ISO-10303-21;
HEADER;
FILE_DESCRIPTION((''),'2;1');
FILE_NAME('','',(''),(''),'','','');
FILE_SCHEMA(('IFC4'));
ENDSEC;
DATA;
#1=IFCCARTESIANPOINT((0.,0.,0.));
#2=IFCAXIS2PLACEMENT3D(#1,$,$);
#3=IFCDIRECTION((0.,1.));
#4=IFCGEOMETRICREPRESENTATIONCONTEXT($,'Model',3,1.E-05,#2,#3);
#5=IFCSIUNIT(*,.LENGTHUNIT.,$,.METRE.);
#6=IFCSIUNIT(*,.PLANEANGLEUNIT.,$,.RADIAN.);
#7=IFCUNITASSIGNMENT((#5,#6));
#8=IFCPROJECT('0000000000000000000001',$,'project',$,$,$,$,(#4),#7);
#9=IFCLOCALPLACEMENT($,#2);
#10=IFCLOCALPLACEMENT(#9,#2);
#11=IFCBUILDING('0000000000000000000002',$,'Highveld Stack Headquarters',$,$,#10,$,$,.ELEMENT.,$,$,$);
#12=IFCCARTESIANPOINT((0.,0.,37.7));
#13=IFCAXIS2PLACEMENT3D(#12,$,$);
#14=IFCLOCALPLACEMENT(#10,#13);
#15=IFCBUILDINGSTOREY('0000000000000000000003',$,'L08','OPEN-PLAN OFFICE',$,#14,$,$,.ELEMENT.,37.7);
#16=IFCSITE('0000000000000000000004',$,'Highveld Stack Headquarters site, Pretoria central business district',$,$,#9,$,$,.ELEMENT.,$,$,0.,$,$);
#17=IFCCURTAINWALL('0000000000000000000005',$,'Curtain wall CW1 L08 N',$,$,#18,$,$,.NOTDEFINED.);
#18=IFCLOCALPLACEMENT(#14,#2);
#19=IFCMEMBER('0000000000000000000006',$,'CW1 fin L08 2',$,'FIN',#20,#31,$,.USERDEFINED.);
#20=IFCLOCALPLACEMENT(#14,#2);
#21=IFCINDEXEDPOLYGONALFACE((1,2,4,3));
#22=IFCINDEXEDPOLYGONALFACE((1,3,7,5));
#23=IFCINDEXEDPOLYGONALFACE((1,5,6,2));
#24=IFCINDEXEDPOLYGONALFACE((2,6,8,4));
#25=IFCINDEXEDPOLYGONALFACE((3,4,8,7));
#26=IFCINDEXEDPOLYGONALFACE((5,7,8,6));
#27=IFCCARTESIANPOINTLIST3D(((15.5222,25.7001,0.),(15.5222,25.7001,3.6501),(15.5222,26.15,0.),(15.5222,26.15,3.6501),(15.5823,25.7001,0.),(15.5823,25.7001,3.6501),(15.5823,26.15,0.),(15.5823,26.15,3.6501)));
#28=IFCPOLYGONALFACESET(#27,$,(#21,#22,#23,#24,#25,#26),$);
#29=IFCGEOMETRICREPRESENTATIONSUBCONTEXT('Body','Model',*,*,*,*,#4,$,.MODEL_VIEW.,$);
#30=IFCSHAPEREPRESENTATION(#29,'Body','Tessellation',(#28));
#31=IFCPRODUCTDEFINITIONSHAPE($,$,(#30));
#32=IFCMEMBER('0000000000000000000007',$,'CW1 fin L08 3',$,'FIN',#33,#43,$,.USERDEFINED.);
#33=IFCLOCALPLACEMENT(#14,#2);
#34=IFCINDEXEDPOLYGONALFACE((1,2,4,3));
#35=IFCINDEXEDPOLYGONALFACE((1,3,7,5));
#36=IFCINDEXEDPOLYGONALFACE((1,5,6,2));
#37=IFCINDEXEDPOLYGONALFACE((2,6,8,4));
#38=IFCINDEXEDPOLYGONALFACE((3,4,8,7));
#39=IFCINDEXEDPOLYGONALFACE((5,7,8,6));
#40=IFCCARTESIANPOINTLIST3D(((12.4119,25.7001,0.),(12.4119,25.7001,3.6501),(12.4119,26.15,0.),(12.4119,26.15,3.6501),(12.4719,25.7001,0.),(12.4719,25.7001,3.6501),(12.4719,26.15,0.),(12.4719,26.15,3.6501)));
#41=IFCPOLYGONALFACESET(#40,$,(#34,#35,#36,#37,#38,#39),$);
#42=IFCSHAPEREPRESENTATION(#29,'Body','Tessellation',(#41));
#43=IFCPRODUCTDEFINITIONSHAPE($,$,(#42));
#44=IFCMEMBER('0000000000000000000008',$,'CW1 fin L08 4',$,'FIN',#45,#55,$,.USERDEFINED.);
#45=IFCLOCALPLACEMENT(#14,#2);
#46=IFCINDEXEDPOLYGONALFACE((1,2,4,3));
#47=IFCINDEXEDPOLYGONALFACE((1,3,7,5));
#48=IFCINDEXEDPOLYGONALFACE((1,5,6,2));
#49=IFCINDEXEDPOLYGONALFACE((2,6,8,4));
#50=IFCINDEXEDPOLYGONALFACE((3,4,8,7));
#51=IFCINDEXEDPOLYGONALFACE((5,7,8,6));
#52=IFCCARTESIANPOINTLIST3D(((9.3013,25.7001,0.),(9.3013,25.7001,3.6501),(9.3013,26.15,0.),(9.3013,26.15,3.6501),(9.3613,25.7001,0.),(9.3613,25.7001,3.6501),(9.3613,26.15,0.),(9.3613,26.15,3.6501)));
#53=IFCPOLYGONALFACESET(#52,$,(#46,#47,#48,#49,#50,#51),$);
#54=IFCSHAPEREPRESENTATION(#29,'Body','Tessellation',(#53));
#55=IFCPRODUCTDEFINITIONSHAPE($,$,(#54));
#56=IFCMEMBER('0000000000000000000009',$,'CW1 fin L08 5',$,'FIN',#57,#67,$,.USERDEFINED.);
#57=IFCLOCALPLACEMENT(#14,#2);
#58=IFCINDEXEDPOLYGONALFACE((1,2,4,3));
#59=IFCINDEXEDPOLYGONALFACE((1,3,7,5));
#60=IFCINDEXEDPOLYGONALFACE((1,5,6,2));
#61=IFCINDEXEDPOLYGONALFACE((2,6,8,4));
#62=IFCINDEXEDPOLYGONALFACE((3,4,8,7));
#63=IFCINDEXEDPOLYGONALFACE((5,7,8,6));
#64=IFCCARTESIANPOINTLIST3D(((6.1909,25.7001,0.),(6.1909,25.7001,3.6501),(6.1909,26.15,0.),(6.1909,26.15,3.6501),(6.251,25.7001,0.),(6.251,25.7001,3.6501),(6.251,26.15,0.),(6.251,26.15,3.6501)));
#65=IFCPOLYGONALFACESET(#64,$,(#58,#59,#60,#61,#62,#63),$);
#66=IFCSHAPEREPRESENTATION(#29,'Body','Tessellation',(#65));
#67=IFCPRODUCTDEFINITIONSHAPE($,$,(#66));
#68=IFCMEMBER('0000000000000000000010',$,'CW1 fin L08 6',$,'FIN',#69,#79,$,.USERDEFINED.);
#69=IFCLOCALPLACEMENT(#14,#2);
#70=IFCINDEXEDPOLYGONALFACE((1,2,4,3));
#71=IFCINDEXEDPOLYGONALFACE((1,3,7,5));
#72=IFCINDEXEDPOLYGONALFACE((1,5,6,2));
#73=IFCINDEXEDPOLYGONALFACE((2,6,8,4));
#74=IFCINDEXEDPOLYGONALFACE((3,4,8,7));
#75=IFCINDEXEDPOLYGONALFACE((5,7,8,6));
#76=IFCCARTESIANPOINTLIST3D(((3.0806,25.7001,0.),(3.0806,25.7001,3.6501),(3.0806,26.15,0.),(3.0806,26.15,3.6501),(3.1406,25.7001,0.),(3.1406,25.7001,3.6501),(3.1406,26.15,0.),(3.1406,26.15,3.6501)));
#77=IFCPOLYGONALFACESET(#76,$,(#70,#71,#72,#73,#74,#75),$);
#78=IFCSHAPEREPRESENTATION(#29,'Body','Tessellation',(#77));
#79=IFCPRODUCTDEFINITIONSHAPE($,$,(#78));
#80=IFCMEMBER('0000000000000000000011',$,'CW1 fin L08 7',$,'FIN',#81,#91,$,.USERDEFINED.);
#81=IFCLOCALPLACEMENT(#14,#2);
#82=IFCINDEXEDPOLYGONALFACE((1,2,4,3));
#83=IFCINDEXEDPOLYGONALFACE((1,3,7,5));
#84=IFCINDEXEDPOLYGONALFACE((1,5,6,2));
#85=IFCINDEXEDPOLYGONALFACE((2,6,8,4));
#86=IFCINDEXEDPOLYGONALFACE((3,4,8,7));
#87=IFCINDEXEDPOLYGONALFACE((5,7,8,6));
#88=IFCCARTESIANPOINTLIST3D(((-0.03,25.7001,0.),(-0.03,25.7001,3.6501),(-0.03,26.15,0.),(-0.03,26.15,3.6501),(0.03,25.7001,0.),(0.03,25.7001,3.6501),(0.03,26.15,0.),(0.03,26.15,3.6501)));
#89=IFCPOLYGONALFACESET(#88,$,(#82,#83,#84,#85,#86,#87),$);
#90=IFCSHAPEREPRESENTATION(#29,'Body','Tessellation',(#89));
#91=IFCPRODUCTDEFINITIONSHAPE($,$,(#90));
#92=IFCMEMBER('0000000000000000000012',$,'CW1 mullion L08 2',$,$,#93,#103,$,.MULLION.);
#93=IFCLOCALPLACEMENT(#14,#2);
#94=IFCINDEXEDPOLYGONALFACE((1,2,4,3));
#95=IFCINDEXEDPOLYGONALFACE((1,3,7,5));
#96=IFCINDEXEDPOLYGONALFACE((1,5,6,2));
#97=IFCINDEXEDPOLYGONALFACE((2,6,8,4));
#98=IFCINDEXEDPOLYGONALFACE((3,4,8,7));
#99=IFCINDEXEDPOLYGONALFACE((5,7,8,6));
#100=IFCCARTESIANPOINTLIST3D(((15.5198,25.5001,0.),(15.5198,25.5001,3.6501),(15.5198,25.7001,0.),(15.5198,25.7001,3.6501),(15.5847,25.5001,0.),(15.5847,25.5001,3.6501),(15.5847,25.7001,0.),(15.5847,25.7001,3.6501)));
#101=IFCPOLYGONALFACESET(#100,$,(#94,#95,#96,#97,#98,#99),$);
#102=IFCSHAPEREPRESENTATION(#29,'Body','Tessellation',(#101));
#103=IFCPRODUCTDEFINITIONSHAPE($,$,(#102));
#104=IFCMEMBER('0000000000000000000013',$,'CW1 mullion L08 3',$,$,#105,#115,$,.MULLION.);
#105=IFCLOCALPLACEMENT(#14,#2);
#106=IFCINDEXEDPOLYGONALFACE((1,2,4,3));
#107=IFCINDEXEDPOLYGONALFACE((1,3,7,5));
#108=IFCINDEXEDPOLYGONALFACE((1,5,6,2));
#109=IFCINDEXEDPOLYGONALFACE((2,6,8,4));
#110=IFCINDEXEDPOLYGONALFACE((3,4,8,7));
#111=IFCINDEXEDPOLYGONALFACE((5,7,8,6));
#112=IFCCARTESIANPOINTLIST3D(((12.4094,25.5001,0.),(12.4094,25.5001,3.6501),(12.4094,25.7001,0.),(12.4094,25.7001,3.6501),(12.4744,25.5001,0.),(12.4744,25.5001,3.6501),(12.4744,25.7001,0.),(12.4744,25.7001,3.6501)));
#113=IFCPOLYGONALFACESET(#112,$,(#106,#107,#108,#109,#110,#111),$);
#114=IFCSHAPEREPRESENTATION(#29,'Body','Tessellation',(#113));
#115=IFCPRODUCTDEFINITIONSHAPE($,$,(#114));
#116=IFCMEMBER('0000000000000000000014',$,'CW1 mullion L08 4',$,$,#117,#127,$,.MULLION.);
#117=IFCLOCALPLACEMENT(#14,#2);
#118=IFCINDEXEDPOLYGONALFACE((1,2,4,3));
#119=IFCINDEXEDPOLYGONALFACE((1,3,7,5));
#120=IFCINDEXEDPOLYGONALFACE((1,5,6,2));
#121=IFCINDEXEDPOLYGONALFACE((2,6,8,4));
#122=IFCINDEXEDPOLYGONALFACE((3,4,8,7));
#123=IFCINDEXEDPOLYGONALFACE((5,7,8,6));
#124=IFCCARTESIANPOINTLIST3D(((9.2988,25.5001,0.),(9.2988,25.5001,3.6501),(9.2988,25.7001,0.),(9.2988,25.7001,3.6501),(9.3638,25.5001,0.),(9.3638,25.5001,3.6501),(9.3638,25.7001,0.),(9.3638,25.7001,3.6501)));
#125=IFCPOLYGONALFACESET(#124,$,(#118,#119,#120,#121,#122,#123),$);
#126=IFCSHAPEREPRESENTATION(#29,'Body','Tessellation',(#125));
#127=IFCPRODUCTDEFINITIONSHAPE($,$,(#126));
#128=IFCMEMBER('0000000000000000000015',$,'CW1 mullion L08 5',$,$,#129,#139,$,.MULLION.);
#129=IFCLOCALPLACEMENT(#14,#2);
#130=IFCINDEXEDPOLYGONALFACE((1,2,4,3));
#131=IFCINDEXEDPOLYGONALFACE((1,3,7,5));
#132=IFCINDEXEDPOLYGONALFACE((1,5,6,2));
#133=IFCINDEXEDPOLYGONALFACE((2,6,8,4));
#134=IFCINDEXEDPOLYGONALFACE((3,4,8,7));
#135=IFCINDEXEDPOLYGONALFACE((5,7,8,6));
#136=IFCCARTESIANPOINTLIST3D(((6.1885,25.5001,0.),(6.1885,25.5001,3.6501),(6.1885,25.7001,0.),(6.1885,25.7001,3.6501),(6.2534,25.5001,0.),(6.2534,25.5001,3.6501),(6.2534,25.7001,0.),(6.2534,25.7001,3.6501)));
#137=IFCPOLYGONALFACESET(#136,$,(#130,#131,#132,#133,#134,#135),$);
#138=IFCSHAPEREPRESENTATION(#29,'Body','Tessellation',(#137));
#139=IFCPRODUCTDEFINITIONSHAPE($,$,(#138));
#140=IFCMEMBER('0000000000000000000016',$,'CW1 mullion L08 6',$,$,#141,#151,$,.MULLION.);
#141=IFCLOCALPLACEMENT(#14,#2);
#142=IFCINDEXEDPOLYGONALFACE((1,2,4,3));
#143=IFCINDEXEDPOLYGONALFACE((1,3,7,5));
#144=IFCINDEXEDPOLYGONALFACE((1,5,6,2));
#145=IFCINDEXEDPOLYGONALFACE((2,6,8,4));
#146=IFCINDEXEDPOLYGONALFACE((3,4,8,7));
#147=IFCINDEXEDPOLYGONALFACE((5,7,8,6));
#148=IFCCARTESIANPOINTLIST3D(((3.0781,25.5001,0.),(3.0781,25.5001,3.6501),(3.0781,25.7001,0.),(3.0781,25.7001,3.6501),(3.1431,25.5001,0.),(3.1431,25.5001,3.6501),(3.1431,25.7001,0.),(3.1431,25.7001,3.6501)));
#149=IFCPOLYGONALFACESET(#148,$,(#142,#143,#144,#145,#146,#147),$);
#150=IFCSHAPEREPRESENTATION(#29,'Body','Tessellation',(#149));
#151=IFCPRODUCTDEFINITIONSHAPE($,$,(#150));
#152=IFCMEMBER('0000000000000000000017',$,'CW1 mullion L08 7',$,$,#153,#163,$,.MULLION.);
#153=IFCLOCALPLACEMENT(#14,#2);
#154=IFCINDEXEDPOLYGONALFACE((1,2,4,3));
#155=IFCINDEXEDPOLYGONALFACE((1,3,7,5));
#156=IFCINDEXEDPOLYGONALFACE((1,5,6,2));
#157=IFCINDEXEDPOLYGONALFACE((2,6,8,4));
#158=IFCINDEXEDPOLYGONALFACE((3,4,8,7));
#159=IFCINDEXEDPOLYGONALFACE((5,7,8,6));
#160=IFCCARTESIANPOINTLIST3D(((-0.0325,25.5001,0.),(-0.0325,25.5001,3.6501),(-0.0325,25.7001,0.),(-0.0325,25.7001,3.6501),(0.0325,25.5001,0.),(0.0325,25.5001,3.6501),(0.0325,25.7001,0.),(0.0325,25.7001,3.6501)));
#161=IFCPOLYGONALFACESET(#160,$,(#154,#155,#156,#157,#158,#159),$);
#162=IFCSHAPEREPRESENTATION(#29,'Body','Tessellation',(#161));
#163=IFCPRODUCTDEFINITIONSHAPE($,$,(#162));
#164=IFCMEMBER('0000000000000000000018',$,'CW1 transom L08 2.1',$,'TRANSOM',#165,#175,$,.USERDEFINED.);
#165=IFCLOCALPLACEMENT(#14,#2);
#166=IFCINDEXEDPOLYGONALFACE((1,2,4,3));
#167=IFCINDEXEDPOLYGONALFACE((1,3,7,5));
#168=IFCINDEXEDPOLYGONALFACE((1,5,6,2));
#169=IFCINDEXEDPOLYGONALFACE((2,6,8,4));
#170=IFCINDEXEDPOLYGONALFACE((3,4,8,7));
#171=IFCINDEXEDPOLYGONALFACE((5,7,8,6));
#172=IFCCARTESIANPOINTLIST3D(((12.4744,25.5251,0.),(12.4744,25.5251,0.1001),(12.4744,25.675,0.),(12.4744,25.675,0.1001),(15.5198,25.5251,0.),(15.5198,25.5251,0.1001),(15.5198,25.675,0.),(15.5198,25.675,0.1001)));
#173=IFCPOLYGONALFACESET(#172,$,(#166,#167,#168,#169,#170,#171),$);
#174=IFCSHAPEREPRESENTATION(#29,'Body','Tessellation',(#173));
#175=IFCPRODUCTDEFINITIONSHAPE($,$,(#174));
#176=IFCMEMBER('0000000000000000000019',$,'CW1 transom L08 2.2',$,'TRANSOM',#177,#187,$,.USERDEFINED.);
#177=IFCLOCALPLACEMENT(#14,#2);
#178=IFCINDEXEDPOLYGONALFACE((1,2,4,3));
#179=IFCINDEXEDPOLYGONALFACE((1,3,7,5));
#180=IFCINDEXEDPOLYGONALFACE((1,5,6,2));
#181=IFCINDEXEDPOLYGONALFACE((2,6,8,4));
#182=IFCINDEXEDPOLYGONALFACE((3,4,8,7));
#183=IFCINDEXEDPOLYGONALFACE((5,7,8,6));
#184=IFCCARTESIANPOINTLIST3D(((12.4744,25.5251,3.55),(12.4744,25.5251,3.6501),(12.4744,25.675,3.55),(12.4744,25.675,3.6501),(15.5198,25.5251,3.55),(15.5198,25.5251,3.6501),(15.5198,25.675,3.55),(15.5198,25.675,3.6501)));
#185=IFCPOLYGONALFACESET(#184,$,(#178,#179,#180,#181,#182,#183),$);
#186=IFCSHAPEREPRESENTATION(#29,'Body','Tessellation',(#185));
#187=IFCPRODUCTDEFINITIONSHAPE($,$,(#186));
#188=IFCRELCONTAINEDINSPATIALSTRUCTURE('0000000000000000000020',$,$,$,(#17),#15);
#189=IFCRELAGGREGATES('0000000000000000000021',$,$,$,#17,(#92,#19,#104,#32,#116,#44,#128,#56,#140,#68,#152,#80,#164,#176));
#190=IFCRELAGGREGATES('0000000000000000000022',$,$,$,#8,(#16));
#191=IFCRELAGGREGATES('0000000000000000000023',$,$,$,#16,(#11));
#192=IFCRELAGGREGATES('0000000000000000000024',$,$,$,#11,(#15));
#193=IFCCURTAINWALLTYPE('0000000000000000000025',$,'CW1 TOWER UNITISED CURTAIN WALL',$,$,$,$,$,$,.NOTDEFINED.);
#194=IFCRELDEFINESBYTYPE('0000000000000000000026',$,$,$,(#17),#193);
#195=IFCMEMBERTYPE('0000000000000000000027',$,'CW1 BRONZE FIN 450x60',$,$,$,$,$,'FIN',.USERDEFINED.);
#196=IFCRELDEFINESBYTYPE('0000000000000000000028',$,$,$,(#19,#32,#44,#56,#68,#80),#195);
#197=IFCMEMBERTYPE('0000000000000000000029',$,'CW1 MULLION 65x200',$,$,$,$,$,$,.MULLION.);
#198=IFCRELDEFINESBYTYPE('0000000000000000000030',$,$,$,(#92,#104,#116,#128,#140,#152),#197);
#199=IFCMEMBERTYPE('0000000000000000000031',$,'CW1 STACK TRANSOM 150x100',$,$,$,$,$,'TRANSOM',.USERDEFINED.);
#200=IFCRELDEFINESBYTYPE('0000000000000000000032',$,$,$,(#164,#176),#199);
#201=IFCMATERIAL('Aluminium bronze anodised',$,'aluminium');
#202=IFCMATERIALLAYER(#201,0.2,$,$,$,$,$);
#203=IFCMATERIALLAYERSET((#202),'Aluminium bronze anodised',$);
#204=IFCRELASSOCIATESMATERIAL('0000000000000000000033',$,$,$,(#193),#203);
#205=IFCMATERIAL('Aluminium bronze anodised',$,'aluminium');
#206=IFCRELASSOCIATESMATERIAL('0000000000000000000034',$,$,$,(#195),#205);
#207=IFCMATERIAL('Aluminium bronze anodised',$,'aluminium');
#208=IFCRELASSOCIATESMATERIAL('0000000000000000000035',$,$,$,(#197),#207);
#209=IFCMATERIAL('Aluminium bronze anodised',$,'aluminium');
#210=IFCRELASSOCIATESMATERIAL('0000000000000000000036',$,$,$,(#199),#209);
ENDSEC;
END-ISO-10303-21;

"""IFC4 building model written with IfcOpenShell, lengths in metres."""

from ifc_helpers import new_model, si_unit, direction, frame, origin, origin_2d, place, context, subcontext, project, spatial, rectangle, extrude, material, layer, layer_set, material_profile, profile_set, type_object, element, aggregate, save


model = new_model("IFC4")

# Units and contexts
model_context = context("Model", 3, precision=1e-05, world=origin(), true_north=direction((0.0, 1.0)))
body_context = subcontext(model_context, "Body", "Model", "MODEL_VIEW")
ifc_project = project(units=[si_unit("LENGTHUNIT", "METRE"), si_unit("PLANEANGLEUNIT", "RADIAN")], contexts=[model_context])

# Site, building, storey
site_placement = place(None, origin())
site = spatial("IfcSite", under=ifc_project, at=site_placement, Name="Highveld Stack Headquarters site, Pretoria central business district", CompositionType="ELEMENT", RefElevation=0.0)
building_placement = place(site_placement, origin())
building = spatial("IfcBuilding", under=site, at=building_placement, Name="Highveld Stack Headquarters", CompositionType="ELEMENT")
storey_placement = place(building_placement, frame((0.0, 0.0, 37.7)))
storey = spatial("IfcBuildingStorey", under=building, at=storey_placement, Name="L08", Description="OPEN-PLAN OFFICE", CompositionType="ELEMENT", Elevation=37.7)

# Curtain wall, members
ifc_material_1 = material(Name="Aluminium bronze anodised", Category="aluminium")
ifc_layer_1 = layer(ifc_material_1, 0.2)
ifc_layer_set_1 = layer_set([ifc_layer_1], Name="Aluminium bronze anodised")
curtain_wall_type = type_object("IfcCurtainWallType", Name="CW1 TOWER UNITISED CURTAIN WALL", PredefinedType="NOTDEFINED", material=ifc_layer_set_1)
curtain_wall_placement = place(storey_placement, origin())
curtain_wall = element("IfcCurtainWall", 1, at=curtain_wall_placement, inside=storey, type_object=curtain_wall_type, Name="Curtain wall CW1 L08 N", PredefinedType="NOTDEFINED")
ifc_material_2 = material(Name="Aluminium bronze anodised", Category="aluminium")
ifc_material_profile_1 = material_profile(ifc_material_2, rectangle(XDim=0.45, YDim=0.0601, at=origin_2d()), Name="FIN 450x60")
ifc_profile_set_1 = profile_set([ifc_material_profile_1], Name="Aluminium bronze anodised")
member_type_1 = type_object("IfcMemberType", Name="CW1 BRONZE FIN 450x60", ElementType="FIN", PredefinedType="USERDEFINED", material=ifc_profile_set_1)
member_1_placement = place(storey_placement, frame((15.5522, 25.925, 0.0), z_axis=(0.0, 0.0, 1.0), x_axis=(0.0, -1.0, 0.0)))
member_1 = element("IfcMember", 2, at=member_1_placement, type_object=member_type_1, Name="CW1 fin L08 2", ObjectType="FIN", PredefinedType="USERDEFINED", context=body_context, shape_type="SweptSolid", body=[
    extrude(rectangle(XDim=0.45, YDim=0.0601, at=origin_2d()), origin(), (0.0, 0.0, 1.0), 3.6501),
])
member_2_placement = place(storey_placement, frame((12.4419, 25.925, 0.0), z_axis=(0.0, 0.0, 1.0), x_axis=(0.0, -1.0, 0.0)))
member_2 = element("IfcMember", 3, at=member_2_placement, type_object=member_type_1, Name="CW1 fin L08 3", ObjectType="FIN", PredefinedType="USERDEFINED", context=body_context, shape_type="SweptSolid", body=[
    extrude(rectangle(XDim=0.45, YDim=0.0601, at=origin_2d()), origin(), (0.0, 0.0, 1.0), 3.6501),
])
member_3_placement = place(storey_placement, frame((9.3313, 25.925, 0.0), z_axis=(0.0, 0.0, 1.0), x_axis=(0.0, -1.0, 0.0)))
member_3 = element("IfcMember", 4, at=member_3_placement, type_object=member_type_1, Name="CW1 fin L08 4", ObjectType="FIN", PredefinedType="USERDEFINED", context=body_context, shape_type="SweptSolid", body=[
    extrude(rectangle(XDim=0.45, YDim=0.0601, at=origin_2d()), origin(), (0.0, 0.0, 1.0), 3.6501),
])
member_4_placement = place(storey_placement, frame((6.2209, 25.925, 0.0), z_axis=(0.0, 0.0, 1.0), x_axis=(0.0, -1.0, 0.0)))
member_4 = element("IfcMember", 5, at=member_4_placement, type_object=member_type_1, Name="CW1 fin L08 5", ObjectType="FIN", PredefinedType="USERDEFINED", context=body_context, shape_type="SweptSolid", body=[
    extrude(rectangle(XDim=0.45, YDim=0.0601, at=origin_2d()), origin(), (0.0, 0.0, 1.0), 3.6501),
])
member_5_placement = place(storey_placement, frame((3.1106, 25.925, 0.0), z_axis=(0.0, 0.0, 1.0), x_axis=(0.0, -1.0, 0.0)))
member_5 = element("IfcMember", 6, at=member_5_placement, type_object=member_type_1, Name="CW1 fin L08 6", ObjectType="FIN", PredefinedType="USERDEFINED", context=body_context, shape_type="SweptSolid", body=[
    extrude(rectangle(XDim=0.45, YDim=0.0601, at=origin_2d()), origin(), (0.0, 0.0, 1.0), 3.6501),
])
member_6_placement = place(storey_placement, frame((0.0, 25.925, 0.0), z_axis=(0.0, 0.0, 1.0), x_axis=(0.0, -1.0, 0.0)))
member_6 = element("IfcMember", 7, at=member_6_placement, type_object=member_type_1, Name="CW1 fin L08 7", ObjectType="FIN", PredefinedType="USERDEFINED", context=body_context, shape_type="SweptSolid", body=[
    extrude(rectangle(XDim=0.45, YDim=0.0601, at=origin_2d()), origin(), (0.0, 0.0, 1.0), 3.6501),
])
ifc_material_3 = material(Name="Aluminium bronze anodised", Category="aluminium")
ifc_material_profile_2 = material_profile(ifc_material_3, rectangle(XDim=0.2, YDim=0.0649, at=origin_2d()), Name="CW1 MULLION 65x200")
ifc_profile_set_2 = profile_set([ifc_material_profile_2], Name="Aluminium bronze anodised")
member_type_2 = type_object("IfcMemberType", Name="CW1 MULLION 65x200", PredefinedType="MULLION", material=ifc_profile_set_2)
member_7_placement = place(storey_placement, frame((15.5522, 25.6001, 0.0), z_axis=(0.0, 0.0, 1.0), x_axis=(0.0, -1.0, 0.0)))
member_7 = element("IfcMember", 8, at=member_7_placement, type_object=member_type_2, Name="CW1 mullion L08 2", PredefinedType="MULLION", context=body_context, shape_type="SweptSolid", body=[
    extrude(rectangle(XDim=0.2, YDim=0.0649, at=origin_2d()), origin(), (0.0, 0.0, 1.0), 3.6501),
])
member_8_placement = place(storey_placement, frame((12.4419, 25.6001, 0.0), z_axis=(0.0, 0.0, 1.0), x_axis=(0.0, -1.0, 0.0)))
member_8 = element("IfcMember", 9, at=member_8_placement, type_object=member_type_2, Name="CW1 mullion L08 3", PredefinedType="MULLION", context=body_context, shape_type="SweptSolid", body=[
    extrude(rectangle(XDim=0.2, YDim=0.0649, at=origin_2d()), origin(), (0.0, 0.0, 1.0), 3.6501),
])
member_9_placement = place(storey_placement, frame((9.3313, 25.6001, 0.0), z_axis=(0.0, 0.0, 1.0), x_axis=(0.0, -1.0, 0.0)))
member_9 = element("IfcMember", 10, at=member_9_placement, type_object=member_type_2, Name="CW1 mullion L08 4", PredefinedType="MULLION", context=body_context, shape_type="SweptSolid", body=[
    extrude(rectangle(XDim=0.2, YDim=0.0649, at=origin_2d()), origin(), (0.0, 0.0, 1.0), 3.6501),
])
member_10_placement = place(storey_placement, frame((6.2209, 25.6001, 0.0), z_axis=(0.0, 0.0, 1.0), x_axis=(0.0, -1.0, 0.0)))
member_10 = element("IfcMember", 11, at=member_10_placement, type_object=member_type_2, Name="CW1 mullion L08 5", PredefinedType="MULLION", context=body_context, shape_type="SweptSolid", body=[
    extrude(rectangle(XDim=0.2, YDim=0.0649, at=origin_2d()), origin(), (0.0, 0.0, 1.0), 3.6501),
])
member_11_placement = place(storey_placement, frame((3.1106, 25.6001, 0.0), z_axis=(0.0, 0.0, 1.0), x_axis=(0.0, -1.0, 0.0)))
member_11 = element("IfcMember", 12, at=member_11_placement, type_object=member_type_2, Name="CW1 mullion L08 6", PredefinedType="MULLION", context=body_context, shape_type="SweptSolid", body=[
    extrude(rectangle(XDim=0.2, YDim=0.0649, at=origin_2d()), origin(), (0.0, 0.0, 1.0), 3.6501),
])
member_12_placement = place(storey_placement, frame((0.0, 25.6001, 0.0), z_axis=(0.0, 0.0, 1.0), x_axis=(0.0, -1.0, 0.0)))
member_12 = element("IfcMember", 13, at=member_12_placement, type_object=member_type_2, Name="CW1 mullion L08 7", PredefinedType="MULLION", context=body_context, shape_type="SweptSolid", body=[
    extrude(rectangle(XDim=0.2, YDim=0.0649, at=origin_2d()), origin(), (0.0, 0.0, 1.0), 3.6501),
])
ifc_material_4 = material(Name="Aluminium bronze anodised", Category="aluminium")
ifc_material_profile_3 = material_profile(ifc_material_4, rectangle(XDim=0.1499, YDim=0.1001, at=origin_2d()), Name="CW1 TRANSOM 150x100")
ifc_profile_set_3 = profile_set([ifc_material_profile_3], Name="Aluminium bronze anodised")
member_type_3 = type_object("IfcMemberType", Name="CW1 STACK TRANSOM 150x100", ElementType="TRANSOM", PredefinedType="USERDEFINED", material=ifc_profile_set_3)
member_13_placement = place(storey_placement, frame((15.5198, 25.6001, 0.05), z_axis=(-1.0, 0.0, 0.0), x_axis=(0.0, -1.0, 0.0)))
member_13 = element("IfcMember", 14, at=member_13_placement, type_object=member_type_3, Name="CW1 transom L08 2.1", ObjectType="TRANSOM", PredefinedType="USERDEFINED", context=body_context, shape_type="SweptSolid", body=[
    extrude(rectangle(XDim=0.1499, YDim=0.1001, at=origin_2d()), origin(), (0.0, 0.0, 1.0), 3.0454),
])
member_14_placement = place(storey_placement, frame((15.5198, 25.6001, 3.6001), z_axis=(-1.0, 0.0, 0.0), x_axis=(0.0, -1.0, 0.0)))
member_14 = element("IfcMember", 15, at=member_14_placement, type_object=member_type_3, Name="CW1 transom L08 2.2", ObjectType="TRANSOM", PredefinedType="USERDEFINED", context=body_context, shape_type="SweptSolid", body=[
    extrude(rectangle(XDim=0.1499, YDim=0.1001, at=origin_2d()), origin(), (0.0, 0.0, 1.0), 3.0454),
])
aggregate(curtain_wall, [member_7, member_1, member_8, member_2, member_9, member_3, member_10, member_4, member_11, member_5, member_12, member_6, member_13, member_14])

save(model, "model.ifc")
